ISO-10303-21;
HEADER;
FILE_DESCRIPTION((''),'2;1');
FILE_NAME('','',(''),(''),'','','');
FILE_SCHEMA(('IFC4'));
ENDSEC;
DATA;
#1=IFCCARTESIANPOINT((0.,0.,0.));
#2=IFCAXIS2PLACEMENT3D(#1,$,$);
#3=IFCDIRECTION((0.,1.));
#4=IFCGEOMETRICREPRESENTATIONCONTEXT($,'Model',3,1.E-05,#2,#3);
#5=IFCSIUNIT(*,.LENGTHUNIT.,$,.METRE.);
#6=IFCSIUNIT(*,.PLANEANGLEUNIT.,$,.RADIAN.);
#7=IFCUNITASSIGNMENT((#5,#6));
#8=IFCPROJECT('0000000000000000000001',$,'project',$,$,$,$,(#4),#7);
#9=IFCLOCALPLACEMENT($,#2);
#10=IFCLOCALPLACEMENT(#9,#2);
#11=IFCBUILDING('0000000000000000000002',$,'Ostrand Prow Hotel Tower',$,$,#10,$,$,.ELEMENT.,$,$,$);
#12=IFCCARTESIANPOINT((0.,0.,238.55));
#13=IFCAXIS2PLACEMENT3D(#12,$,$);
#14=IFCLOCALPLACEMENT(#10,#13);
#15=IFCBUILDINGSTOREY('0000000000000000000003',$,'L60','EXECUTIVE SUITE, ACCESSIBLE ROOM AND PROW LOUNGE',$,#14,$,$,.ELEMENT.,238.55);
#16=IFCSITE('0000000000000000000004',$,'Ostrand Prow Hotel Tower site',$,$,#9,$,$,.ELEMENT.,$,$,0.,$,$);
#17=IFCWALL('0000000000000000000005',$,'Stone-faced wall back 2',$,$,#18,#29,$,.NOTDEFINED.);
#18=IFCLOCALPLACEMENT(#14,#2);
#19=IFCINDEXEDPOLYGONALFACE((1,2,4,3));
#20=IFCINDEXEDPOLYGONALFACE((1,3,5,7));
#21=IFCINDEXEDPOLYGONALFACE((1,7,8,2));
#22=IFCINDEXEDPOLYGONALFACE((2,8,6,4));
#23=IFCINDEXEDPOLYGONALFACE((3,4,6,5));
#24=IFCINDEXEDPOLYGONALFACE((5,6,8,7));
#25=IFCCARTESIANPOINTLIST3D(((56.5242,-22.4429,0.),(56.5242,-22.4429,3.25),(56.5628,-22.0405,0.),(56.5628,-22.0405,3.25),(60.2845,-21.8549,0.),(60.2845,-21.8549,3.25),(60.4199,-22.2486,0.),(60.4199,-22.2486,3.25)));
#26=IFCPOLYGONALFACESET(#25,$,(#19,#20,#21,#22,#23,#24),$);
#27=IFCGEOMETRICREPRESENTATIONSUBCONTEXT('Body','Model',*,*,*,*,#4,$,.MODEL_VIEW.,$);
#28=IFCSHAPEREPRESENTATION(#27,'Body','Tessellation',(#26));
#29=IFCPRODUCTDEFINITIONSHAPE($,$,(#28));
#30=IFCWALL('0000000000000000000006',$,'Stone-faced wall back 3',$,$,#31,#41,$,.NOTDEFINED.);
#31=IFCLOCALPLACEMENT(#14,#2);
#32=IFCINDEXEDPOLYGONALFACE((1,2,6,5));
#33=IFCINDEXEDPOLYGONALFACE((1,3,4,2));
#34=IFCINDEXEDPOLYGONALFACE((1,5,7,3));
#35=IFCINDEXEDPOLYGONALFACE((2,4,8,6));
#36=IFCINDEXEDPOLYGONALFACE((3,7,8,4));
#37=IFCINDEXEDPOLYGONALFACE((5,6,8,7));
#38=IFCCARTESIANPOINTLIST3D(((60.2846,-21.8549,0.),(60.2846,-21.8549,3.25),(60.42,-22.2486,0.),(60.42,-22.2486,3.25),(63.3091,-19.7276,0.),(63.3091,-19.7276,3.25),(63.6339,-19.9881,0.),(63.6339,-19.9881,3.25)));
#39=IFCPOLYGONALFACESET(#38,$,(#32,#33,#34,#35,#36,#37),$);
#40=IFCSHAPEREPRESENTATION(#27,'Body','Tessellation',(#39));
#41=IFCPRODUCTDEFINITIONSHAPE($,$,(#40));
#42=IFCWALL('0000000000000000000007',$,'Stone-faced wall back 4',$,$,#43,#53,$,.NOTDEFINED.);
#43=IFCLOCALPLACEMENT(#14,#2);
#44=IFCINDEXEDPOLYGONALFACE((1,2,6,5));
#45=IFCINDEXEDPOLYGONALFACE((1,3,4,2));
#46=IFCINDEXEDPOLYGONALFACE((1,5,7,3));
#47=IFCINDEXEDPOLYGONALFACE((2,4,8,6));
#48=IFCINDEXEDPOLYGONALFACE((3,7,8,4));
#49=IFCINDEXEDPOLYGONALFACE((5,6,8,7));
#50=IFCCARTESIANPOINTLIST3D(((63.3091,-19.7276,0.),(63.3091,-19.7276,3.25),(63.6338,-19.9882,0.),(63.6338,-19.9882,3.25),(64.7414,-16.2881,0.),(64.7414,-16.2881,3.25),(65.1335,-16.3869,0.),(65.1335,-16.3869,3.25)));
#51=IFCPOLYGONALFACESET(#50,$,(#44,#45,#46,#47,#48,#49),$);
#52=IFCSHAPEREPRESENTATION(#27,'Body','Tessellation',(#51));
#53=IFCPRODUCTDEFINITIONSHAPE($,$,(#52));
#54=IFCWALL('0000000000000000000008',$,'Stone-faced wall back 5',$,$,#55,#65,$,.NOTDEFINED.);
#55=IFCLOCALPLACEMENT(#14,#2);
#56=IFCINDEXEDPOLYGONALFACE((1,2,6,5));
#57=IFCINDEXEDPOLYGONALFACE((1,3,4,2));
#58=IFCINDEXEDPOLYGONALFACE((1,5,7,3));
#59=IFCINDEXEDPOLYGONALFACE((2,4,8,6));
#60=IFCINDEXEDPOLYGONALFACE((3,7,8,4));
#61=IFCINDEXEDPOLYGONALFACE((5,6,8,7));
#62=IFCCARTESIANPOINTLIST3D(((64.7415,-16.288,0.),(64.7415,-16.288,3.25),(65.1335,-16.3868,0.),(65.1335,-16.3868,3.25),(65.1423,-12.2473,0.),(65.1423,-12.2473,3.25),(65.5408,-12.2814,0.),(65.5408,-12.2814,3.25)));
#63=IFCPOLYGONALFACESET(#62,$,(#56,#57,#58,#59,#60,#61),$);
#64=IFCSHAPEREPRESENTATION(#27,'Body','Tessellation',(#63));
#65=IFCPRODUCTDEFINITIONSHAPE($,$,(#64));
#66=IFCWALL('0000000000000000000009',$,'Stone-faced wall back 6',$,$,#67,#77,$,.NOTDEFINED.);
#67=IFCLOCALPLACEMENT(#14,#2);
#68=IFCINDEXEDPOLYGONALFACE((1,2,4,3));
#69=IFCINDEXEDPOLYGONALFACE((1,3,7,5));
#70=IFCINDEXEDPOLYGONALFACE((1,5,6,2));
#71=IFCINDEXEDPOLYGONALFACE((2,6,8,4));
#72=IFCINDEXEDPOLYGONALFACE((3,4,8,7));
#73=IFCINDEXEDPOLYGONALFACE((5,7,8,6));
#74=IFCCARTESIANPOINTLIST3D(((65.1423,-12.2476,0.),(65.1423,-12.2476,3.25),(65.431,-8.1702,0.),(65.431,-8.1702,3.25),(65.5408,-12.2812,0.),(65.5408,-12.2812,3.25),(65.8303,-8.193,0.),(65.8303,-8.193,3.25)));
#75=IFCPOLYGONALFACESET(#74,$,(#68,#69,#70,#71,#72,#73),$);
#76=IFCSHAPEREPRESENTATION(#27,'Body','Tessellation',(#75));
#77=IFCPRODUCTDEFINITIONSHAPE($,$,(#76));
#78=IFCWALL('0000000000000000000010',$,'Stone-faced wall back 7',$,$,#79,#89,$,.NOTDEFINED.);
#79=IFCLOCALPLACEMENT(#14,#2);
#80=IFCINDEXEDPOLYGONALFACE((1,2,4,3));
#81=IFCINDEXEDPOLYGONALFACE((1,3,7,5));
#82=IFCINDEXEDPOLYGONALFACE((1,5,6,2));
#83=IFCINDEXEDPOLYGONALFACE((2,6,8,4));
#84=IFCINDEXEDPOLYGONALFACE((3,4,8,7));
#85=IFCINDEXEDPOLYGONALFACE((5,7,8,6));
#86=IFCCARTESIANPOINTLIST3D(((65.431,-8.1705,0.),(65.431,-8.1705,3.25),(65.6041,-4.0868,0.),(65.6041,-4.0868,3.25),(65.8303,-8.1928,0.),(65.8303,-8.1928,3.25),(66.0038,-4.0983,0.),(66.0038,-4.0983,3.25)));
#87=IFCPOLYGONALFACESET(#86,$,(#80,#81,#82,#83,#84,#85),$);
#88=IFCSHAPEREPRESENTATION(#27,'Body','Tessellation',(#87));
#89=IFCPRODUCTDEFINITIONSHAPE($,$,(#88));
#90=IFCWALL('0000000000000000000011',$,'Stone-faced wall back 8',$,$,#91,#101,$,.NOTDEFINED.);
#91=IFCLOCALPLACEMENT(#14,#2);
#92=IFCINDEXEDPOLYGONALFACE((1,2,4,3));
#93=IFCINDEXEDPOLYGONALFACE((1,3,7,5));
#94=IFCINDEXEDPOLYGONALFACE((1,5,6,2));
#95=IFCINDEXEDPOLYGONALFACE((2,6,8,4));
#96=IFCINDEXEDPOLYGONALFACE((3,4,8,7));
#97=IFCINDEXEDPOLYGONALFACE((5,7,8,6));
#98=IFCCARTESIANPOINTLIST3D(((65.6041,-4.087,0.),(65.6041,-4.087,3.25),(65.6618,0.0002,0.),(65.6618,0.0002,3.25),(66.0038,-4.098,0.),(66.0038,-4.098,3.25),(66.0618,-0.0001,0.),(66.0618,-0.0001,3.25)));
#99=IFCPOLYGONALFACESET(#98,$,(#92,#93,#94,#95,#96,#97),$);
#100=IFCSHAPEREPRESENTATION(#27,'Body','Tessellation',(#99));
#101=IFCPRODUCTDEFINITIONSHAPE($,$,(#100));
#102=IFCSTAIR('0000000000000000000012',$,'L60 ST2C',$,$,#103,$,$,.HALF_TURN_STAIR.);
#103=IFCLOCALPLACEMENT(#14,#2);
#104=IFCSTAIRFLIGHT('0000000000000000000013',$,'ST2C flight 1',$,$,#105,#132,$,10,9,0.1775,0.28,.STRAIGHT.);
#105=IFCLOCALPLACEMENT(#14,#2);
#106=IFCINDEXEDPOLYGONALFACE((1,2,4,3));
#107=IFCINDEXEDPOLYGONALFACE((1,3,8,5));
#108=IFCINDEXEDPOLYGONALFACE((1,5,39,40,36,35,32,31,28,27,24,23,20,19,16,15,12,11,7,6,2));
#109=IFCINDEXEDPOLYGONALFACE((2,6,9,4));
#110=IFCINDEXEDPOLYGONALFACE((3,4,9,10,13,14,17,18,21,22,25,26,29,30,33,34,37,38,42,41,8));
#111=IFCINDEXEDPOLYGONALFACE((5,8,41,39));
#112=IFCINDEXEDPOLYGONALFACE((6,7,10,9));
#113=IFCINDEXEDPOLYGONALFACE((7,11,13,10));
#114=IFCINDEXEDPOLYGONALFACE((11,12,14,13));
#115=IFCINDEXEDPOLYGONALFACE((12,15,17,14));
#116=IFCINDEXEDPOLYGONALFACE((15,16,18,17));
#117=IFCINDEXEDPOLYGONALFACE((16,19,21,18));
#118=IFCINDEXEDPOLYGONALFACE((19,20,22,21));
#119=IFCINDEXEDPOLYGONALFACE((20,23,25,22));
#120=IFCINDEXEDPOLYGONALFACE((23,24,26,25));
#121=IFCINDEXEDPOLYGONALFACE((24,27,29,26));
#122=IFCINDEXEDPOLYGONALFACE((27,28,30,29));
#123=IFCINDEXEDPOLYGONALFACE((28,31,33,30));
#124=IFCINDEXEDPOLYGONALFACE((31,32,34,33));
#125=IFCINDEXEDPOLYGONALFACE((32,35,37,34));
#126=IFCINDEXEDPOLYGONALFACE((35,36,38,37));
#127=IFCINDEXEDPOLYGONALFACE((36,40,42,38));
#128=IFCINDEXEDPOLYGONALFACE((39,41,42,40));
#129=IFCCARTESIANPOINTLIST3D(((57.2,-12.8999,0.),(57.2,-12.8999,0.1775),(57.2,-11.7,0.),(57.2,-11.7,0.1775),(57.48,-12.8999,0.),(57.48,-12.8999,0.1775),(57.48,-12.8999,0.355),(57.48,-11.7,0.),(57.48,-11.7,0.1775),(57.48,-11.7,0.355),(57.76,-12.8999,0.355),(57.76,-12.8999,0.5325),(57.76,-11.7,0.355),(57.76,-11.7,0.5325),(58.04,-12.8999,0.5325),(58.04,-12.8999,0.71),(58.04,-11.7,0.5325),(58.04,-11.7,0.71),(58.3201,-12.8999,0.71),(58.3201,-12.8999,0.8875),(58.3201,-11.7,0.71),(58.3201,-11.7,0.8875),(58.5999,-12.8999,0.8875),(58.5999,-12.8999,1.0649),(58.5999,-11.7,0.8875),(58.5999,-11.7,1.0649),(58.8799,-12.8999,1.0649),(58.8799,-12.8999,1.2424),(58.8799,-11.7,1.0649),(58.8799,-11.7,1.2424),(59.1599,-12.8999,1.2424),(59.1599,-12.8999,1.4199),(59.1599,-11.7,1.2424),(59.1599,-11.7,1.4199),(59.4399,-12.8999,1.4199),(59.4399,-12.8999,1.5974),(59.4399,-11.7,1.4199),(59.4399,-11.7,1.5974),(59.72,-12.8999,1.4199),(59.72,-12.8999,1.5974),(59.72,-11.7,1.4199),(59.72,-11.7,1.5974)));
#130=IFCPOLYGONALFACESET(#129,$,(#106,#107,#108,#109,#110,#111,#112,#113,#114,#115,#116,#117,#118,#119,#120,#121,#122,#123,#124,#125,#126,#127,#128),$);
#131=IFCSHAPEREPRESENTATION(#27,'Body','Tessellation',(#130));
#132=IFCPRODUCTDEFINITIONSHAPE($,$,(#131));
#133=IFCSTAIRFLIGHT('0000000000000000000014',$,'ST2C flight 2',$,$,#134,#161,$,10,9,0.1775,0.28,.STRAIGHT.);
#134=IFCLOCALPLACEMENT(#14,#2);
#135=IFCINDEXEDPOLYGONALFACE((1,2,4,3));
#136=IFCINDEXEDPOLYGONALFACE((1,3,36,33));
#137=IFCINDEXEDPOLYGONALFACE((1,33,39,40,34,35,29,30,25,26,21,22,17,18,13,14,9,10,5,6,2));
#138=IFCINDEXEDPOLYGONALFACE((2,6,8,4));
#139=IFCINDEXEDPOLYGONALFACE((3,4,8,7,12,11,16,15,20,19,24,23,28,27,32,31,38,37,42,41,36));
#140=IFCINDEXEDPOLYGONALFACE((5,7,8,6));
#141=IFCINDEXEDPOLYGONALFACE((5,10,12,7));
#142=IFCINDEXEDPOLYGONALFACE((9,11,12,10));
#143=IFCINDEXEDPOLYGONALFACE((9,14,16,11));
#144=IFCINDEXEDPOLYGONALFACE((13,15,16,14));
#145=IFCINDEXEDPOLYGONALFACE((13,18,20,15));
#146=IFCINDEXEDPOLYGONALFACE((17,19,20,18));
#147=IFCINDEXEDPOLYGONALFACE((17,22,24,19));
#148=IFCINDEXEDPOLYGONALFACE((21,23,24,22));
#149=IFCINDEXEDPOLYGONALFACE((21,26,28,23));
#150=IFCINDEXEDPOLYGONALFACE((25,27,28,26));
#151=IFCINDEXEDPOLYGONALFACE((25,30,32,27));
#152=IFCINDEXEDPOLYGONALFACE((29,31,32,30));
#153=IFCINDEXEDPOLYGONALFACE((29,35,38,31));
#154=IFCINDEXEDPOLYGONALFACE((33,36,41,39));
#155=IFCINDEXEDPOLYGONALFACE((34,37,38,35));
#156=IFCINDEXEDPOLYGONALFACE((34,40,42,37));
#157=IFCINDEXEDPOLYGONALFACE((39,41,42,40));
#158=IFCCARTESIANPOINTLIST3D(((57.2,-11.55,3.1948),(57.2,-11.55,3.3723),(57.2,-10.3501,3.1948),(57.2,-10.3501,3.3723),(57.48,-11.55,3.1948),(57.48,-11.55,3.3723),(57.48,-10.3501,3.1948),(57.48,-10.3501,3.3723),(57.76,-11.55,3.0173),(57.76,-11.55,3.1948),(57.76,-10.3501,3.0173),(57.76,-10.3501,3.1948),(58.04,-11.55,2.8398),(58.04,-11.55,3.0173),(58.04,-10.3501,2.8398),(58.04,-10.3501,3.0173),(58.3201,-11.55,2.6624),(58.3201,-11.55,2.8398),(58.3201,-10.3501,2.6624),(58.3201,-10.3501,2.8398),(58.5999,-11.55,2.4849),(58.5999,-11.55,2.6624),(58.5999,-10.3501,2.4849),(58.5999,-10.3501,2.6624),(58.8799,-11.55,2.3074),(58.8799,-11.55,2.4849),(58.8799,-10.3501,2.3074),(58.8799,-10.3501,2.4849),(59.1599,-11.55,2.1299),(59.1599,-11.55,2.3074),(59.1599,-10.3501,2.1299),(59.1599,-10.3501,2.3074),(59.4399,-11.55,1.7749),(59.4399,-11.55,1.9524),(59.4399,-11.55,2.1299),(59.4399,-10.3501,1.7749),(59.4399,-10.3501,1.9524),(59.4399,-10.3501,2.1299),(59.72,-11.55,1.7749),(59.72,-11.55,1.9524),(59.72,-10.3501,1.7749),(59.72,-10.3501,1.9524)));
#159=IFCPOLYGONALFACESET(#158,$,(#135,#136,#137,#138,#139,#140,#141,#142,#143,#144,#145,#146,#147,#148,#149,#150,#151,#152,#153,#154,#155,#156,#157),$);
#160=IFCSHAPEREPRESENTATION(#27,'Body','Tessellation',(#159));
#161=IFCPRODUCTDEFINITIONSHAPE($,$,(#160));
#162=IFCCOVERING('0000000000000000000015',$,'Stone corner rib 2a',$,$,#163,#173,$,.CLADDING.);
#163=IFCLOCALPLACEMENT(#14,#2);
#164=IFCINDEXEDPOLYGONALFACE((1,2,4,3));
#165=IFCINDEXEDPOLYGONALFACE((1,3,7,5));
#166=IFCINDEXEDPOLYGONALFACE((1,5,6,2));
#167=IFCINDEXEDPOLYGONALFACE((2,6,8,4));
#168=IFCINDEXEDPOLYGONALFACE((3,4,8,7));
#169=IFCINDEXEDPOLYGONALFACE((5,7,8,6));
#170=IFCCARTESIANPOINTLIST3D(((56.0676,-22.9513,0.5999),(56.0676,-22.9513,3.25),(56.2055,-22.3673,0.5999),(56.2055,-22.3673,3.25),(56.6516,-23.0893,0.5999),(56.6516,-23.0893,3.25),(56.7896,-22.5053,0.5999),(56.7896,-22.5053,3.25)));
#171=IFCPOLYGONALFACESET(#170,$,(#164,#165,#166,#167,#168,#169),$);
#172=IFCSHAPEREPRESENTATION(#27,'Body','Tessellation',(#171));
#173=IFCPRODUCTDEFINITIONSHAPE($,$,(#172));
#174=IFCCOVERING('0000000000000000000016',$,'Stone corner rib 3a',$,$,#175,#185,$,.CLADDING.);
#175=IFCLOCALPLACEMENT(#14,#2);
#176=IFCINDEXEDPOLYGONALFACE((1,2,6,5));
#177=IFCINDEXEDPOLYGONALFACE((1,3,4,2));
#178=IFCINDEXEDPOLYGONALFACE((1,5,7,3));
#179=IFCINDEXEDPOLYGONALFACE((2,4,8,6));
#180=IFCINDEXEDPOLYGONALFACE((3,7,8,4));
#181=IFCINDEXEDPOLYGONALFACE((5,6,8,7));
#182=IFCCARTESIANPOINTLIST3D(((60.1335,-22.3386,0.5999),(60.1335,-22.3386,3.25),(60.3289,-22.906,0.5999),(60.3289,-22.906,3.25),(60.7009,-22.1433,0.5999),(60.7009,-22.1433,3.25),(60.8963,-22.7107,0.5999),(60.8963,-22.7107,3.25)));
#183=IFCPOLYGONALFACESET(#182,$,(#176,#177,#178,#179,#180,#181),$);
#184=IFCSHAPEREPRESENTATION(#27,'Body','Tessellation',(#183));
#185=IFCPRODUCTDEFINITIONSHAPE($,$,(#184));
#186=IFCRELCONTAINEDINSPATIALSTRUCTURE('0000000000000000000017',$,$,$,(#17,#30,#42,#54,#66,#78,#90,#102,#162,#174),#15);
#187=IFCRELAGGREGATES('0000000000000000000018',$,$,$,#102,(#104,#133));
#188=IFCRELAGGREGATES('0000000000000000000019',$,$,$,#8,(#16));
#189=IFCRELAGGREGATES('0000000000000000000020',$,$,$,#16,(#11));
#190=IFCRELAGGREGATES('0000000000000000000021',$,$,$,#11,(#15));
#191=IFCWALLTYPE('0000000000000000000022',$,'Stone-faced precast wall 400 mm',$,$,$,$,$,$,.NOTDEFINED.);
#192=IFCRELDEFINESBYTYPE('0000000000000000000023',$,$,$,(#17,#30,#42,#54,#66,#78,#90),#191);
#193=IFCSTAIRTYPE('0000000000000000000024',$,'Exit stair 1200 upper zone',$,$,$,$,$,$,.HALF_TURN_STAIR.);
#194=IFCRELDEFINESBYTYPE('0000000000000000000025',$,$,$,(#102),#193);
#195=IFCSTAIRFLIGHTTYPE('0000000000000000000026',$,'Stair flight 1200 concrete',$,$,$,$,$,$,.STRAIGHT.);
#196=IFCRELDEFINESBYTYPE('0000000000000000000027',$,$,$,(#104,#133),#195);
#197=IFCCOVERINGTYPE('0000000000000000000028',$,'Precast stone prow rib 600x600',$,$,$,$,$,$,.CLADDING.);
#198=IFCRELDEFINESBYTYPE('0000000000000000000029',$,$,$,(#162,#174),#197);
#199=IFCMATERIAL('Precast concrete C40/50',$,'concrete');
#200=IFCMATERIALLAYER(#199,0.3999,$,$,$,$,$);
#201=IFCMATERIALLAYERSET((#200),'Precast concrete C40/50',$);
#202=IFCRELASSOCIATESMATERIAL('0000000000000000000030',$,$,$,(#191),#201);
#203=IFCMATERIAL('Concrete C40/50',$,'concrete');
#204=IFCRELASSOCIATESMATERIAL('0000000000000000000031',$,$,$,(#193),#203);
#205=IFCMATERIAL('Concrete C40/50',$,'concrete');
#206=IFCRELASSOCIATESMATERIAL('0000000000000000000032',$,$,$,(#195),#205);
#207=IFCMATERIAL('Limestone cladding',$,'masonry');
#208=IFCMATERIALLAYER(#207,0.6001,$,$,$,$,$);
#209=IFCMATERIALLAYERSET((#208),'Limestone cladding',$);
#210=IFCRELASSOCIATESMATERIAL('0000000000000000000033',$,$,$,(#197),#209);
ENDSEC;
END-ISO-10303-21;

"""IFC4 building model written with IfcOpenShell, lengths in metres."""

from ifc_helpers import new_model, si_unit, direction, frame, frame_2d, origin, place, context, subcontext, project, spatial, polyline, rectangle, outline, extrude, material, layer, layer_set, type_object, element, aggregate, save


model = new_model("IFC4")

# Units and contexts
model_context = context("Model", 3, precision=1e-05, world=origin(), true_north=direction((0.0, 1.0)))
body_context = subcontext(model_context, "Body", "Model", "MODEL_VIEW")
ifc_project = project(units=[si_unit("LENGTHUNIT", "METRE"), si_unit("PLANEANGLEUNIT", "RADIAN")], contexts=[model_context])

# Site, building, storey
site_placement = place(None, origin())
site = spatial("IfcSite", under=ifc_project, at=site_placement, Name="Ostrand Prow Hotel Tower site", CompositionType="ELEMENT", RefElevation=0.0)
building_placement = place(site_placement, origin())
building = spatial("IfcBuilding", under=site, at=building_placement, Name="Ostrand Prow Hotel Tower", CompositionType="ELEMENT")
storey_placement = place(building_placement, frame((0.0, 0.0, 238.55)))
storey = spatial("IfcBuildingStorey", under=building, at=storey_placement, Name="L60", Description="EXECUTIVE SUITE, ACCESSIBLE ROOM AND PROW LOUNGE", CompositionType="ELEMENT", Elevation=238.55)

# Walls
ifc_material_1 = material(Name="Precast concrete C40/50", Category="concrete")
ifc_layer_1 = layer(ifc_material_1, 0.3999)
ifc_layer_set_1 = layer_set([ifc_layer_1], Name="Precast concrete C40/50")
wall_type_1 = type_object("IfcWallType", Name="Stone-faced precast wall 400 mm", PredefinedType="NOTDEFINED", material=ifc_layer_set_1)
wall_1_placement = place(storey_placement, frame((56.5435, -22.2417, 0.0), z_axis=(0.0, 0.0, 1.0), x_axis=(0.998759, 0.049807, 0.0)))
element("IfcWall", 1, at=wall_1_placement, inside=storey, type_object=wall_type_1, Name="Stone-faced wall back 2", PredefinedType="NOTDEFINED", context=body_context, shape_type="SweptSolid", body=[
    extrude(outline(polyline([(-0.0293, -0.2), (3.8713, -0.2), (3.7556, 0.2), (0.0293, 0.2), (-0.0293, -0.2)])), origin(), (0.0, 0.0, 1.0), 3.25),
])
wall_2_placement = place(storey_placement, frame((60.3523, -22.0518, 0.0), z_axis=(0.0, 0.0, 1.0), x_axis=(0.817943, 0.5753, 0.0)))
element("IfcWall", 2, at=wall_2_placement, inside=storey, type_object=wall_type_1, Name="Stone-faced wall back 3", PredefinedType="NOTDEFINED", context=body_context, shape_type="SweptSolid", body=[
    extrude(outline(polyline([(-0.0579, -0.2), (3.8713, -0.2), (3.7556, 0.2), (0.0579, 0.2), (-0.0579, -0.2)])), origin(), (0.0, 0.0, 1.0), 3.25),
])
wall_3_placement = place(storey_placement, frame((63.4714, -19.8579, 0.0), z_axis=(0.0, 0.0, 1.0), x_axis=(0.384434, 0.923153, 0.0)))
element("IfcWall", 3, at=wall_3_placement, inside=storey, type_object=wall_type_1, Name="Stone-faced wall back 4", PredefinedType="NOTDEFINED", context=body_context, shape_type="SweptSolid", body=[
    extrude(outline(polyline([(-0.0579, -0.2), (3.8433, -0.2), (3.7837, 0.2), (0.0579, 0.2), (-0.0579, -0.2)])), origin(), (0.0, 0.0, 1.0), 3.25),
])
wall_4_placement = place(storey_placement, frame((64.9375, -16.3374, 0.0), z_axis=(0.0, 0.0, 1.0), x_axis=(0.098718, 0.995115, 0.0)))
element("IfcWall", 4, at=wall_4_placement, inside=storey, type_object=wall_type_1, Name="Stone-faced wall back 5", PredefinedType="NOTDEFINED", context=body_context, shape_type="SweptSolid", body=[
    extrude(outline(polyline([(-0.0298, -0.2), (4.0957, -0.2), (4.0903, 0.2), (0.0298, 0.2), (-0.0298, -0.2)])), origin(), (0.0, 0.0, 1.0), 3.25),
])
wall_5_placement = place(storey_placement, frame((65.3416, -12.2644, 0.0), z_axis=(0.0, 0.0, 1.0), x_axis=(0.070624, 0.997503, 0.0)))
element("IfcWall", 5, at=wall_5_placement, inside=storey, type_object=wall_type_1, Name="Stone-faced wall back 6", PredefinedType="NOTDEFINED", context=body_context, shape_type="SweptSolid", body=[
    extrude(outline(polyline([(-0.0027, -0.2), (4.0957, -0.2), (4.0903, 0.2), (0.0027, 0.2), (-0.0027, -0.2)])), origin(), (0.0, 0.0, 1.0), 3.25),
])
wall_6_placement = place(storey_placement, frame((65.6306, -8.1816, 0.0), z_axis=(0.0, 0.0, 1.0), x_axis=(0.042353, 0.999103, 0.0)))
element("IfcWall", 6, at=wall_6_placement, inside=storey, type_object=wall_type_1, Name="Stone-faced wall back 7", PredefinedType="NOTDEFINED", context=body_context, shape_type="SweptSolid", body=[
    extrude(outline(polyline([(-0.0027, -0.2), (4.0955, -0.2), (4.0901, 0.2), (0.0027, 0.2), (-0.0027, -0.2)])), origin(), (0.0, 0.0, 1.0), 3.25),
])
wall_7_placement = place(storey_placement, frame((65.804, -4.0925, 0.0), z_axis=(0.0, 0.0, 1.0), x_axis=(0.014137, 0.9999, 0.0)))
element("IfcWall", 7, at=wall_7_placement, inside=storey, type_object=wall_type_1, Name="Stone-faced wall back 8", PredefinedType="NOTDEFINED", context=body_context, shape_type="SweptSolid", body=[
    extrude(outline(polyline([(-0.0027, -0.2), (4.0957, -0.2), (4.0903, 0.2), (0.0027, 0.2), (-0.0027, -0.2)])), origin(), (0.0, 0.0, 1.0), 3.25),
])

# Stair, stair flights
ifc_material_2 = material(Name="Concrete C40/50", Category="concrete")
stair_type = type_object("IfcStairType", Name="Exit stair 1200 upper zone", PredefinedType="HALF_TURN_STAIR", material=ifc_material_2)
stair_placement = place(storey_placement, origin())
stair = element("IfcStair", 8, at=stair_placement, inside=storey, type_object=stair_type, Name="L60 ST2C", PredefinedType="HALF_TURN_STAIR")
ifc_material_3 = material(Name="Concrete C40/50", Category="concrete")
stair_flight_type = type_object("IfcStairFlightType", Name="Stair flight 1200 concrete", PredefinedType="STRAIGHT", material=ifc_material_3)
stair_flight_1_placement = place(storey_placement, frame((57.2, -12.3, 0.0), z_axis=(0.0, 0.0, 1.0), x_axis=(1.0, 0.0, 0.0)))
stair_flight_1 = element("IfcStairFlight", 9, at=stair_flight_1_placement, type_object=stair_flight_type, Name="ST2C flight 1", NumberOfRisers=10, NumberOfTreads=9, PredefinedType="STRAIGHT", RiserHeight=0.1775, TreadLength=0.28, context=body_context, shape_type="SweptSolid", body=[
    extrude(outline(polyline([(0.0, 0.0), (0.0, 0.1775), (0.28, 0.1775), (0.28, 0.355), (0.5601, 0.355), (0.5601, 0.5325), (0.8401, 0.5325), (0.8401, 0.71), (1.1201, 0.71), (1.1201, 0.8875), (1.3999, 0.8875), (1.3999, 1.0649), (1.6799, 1.0649), (1.6799, 1.2424), (1.96, 1.2424), (1.96, 1.4199), (2.24, 1.4199), (2.24, 1.5974), (2.52, 1.5974), (2.52, 1.7749), (2.52, 1.4199), (0.28, 0.0), (0.0, 0.0)])), frame((0.0, 0.6001, 0.0), z_axis=(0.0, -1.0, 0.0), x_axis=(1.0, 0.0, 0.0)), (0.0, 0.0, 1.0), 1.2),
])
stair_flight_2_placement = place(storey_placement, frame((59.72, -10.95, 1.7749), z_axis=(0.0, 0.0, 1.0), x_axis=(-1.0, 0.0, 0.0)))
stair_flight_2 = element("IfcStairFlight", 10, at=stair_flight_2_placement, type_object=stair_flight_type, Name="ST2C flight 2", NumberOfRisers=10, NumberOfTreads=9, PredefinedType="STRAIGHT", RiserHeight=0.1775, TreadLength=0.28, context=body_context, shape_type="SweptSolid", body=[
    extrude(outline(polyline([(0.0, 0.0), (0.0, 0.1775), (0.28, 0.1775), (0.28, 0.355), (0.5601, 0.355), (0.5601, 0.5325), (0.8401, 0.5325), (0.8401, 0.71), (1.1201, 0.71), (1.1201, 0.8875), (1.3999, 0.8875), (1.3999, 1.0649), (1.6799, 1.0649), (1.6799, 1.2424), (1.96, 1.2424), (1.96, 1.4199), (2.24, 1.4199), (2.24, 1.5974), (2.52, 1.5974), (2.52, 1.7749), (2.52, 1.4199), (0.28, 0.0), (0.0, 0.0)])), frame((0.0, 0.6001, 0.0), z_axis=(0.0, -1.0, 0.0), x_axis=(1.0, 0.0, 0.0)), (0.0, 0.0, 1.0), 1.2),
])
aggregate(stair, [stair_flight_1, stair_flight_2])

# Coverings
ifc_material_4 = material(Name="Limestone cladding", Category="masonry")
ifc_layer_2 = layer(ifc_material_4, 0.6001)
ifc_layer_set_2 = layer_set([ifc_layer_2], Name="Limestone cladding")
covering_type = type_object("IfcCoveringType", Name="Precast stone prow rib 600x600", PredefinedType="CLADDING", material=ifc_layer_set_2)
for number, where, z_axis, x_axis, name in (
    (11, (56.4976, -22.4363, 0.5999), (0.0, 0.0, 1.0), (-0.229878, -0.973219, 0.0), "Stone corner rib 2a"),
    (12, (60.4172, -22.241, 0.5999), (0.0, 0.0, 1.0), (0.325489, -0.945546, 0.0), "Stone corner rib 3a"),
):
    element("IfcCovering", number, at=place(storey_placement, frame(where, z_axis=z_axis, x_axis=x_axis)), inside=storey, type_object=covering_type, Name=name, PredefinedType="CLADDING", context=body_context, shape_type="SweptSolid", body=[
        extrude(rectangle(XDim=0.6001, YDim=0.6001, at=frame_2d((0.3, 0.0))), origin(), (0.0, 0.0, 1.0), 2.6501),
    ])

save(model, "model.ifc")
